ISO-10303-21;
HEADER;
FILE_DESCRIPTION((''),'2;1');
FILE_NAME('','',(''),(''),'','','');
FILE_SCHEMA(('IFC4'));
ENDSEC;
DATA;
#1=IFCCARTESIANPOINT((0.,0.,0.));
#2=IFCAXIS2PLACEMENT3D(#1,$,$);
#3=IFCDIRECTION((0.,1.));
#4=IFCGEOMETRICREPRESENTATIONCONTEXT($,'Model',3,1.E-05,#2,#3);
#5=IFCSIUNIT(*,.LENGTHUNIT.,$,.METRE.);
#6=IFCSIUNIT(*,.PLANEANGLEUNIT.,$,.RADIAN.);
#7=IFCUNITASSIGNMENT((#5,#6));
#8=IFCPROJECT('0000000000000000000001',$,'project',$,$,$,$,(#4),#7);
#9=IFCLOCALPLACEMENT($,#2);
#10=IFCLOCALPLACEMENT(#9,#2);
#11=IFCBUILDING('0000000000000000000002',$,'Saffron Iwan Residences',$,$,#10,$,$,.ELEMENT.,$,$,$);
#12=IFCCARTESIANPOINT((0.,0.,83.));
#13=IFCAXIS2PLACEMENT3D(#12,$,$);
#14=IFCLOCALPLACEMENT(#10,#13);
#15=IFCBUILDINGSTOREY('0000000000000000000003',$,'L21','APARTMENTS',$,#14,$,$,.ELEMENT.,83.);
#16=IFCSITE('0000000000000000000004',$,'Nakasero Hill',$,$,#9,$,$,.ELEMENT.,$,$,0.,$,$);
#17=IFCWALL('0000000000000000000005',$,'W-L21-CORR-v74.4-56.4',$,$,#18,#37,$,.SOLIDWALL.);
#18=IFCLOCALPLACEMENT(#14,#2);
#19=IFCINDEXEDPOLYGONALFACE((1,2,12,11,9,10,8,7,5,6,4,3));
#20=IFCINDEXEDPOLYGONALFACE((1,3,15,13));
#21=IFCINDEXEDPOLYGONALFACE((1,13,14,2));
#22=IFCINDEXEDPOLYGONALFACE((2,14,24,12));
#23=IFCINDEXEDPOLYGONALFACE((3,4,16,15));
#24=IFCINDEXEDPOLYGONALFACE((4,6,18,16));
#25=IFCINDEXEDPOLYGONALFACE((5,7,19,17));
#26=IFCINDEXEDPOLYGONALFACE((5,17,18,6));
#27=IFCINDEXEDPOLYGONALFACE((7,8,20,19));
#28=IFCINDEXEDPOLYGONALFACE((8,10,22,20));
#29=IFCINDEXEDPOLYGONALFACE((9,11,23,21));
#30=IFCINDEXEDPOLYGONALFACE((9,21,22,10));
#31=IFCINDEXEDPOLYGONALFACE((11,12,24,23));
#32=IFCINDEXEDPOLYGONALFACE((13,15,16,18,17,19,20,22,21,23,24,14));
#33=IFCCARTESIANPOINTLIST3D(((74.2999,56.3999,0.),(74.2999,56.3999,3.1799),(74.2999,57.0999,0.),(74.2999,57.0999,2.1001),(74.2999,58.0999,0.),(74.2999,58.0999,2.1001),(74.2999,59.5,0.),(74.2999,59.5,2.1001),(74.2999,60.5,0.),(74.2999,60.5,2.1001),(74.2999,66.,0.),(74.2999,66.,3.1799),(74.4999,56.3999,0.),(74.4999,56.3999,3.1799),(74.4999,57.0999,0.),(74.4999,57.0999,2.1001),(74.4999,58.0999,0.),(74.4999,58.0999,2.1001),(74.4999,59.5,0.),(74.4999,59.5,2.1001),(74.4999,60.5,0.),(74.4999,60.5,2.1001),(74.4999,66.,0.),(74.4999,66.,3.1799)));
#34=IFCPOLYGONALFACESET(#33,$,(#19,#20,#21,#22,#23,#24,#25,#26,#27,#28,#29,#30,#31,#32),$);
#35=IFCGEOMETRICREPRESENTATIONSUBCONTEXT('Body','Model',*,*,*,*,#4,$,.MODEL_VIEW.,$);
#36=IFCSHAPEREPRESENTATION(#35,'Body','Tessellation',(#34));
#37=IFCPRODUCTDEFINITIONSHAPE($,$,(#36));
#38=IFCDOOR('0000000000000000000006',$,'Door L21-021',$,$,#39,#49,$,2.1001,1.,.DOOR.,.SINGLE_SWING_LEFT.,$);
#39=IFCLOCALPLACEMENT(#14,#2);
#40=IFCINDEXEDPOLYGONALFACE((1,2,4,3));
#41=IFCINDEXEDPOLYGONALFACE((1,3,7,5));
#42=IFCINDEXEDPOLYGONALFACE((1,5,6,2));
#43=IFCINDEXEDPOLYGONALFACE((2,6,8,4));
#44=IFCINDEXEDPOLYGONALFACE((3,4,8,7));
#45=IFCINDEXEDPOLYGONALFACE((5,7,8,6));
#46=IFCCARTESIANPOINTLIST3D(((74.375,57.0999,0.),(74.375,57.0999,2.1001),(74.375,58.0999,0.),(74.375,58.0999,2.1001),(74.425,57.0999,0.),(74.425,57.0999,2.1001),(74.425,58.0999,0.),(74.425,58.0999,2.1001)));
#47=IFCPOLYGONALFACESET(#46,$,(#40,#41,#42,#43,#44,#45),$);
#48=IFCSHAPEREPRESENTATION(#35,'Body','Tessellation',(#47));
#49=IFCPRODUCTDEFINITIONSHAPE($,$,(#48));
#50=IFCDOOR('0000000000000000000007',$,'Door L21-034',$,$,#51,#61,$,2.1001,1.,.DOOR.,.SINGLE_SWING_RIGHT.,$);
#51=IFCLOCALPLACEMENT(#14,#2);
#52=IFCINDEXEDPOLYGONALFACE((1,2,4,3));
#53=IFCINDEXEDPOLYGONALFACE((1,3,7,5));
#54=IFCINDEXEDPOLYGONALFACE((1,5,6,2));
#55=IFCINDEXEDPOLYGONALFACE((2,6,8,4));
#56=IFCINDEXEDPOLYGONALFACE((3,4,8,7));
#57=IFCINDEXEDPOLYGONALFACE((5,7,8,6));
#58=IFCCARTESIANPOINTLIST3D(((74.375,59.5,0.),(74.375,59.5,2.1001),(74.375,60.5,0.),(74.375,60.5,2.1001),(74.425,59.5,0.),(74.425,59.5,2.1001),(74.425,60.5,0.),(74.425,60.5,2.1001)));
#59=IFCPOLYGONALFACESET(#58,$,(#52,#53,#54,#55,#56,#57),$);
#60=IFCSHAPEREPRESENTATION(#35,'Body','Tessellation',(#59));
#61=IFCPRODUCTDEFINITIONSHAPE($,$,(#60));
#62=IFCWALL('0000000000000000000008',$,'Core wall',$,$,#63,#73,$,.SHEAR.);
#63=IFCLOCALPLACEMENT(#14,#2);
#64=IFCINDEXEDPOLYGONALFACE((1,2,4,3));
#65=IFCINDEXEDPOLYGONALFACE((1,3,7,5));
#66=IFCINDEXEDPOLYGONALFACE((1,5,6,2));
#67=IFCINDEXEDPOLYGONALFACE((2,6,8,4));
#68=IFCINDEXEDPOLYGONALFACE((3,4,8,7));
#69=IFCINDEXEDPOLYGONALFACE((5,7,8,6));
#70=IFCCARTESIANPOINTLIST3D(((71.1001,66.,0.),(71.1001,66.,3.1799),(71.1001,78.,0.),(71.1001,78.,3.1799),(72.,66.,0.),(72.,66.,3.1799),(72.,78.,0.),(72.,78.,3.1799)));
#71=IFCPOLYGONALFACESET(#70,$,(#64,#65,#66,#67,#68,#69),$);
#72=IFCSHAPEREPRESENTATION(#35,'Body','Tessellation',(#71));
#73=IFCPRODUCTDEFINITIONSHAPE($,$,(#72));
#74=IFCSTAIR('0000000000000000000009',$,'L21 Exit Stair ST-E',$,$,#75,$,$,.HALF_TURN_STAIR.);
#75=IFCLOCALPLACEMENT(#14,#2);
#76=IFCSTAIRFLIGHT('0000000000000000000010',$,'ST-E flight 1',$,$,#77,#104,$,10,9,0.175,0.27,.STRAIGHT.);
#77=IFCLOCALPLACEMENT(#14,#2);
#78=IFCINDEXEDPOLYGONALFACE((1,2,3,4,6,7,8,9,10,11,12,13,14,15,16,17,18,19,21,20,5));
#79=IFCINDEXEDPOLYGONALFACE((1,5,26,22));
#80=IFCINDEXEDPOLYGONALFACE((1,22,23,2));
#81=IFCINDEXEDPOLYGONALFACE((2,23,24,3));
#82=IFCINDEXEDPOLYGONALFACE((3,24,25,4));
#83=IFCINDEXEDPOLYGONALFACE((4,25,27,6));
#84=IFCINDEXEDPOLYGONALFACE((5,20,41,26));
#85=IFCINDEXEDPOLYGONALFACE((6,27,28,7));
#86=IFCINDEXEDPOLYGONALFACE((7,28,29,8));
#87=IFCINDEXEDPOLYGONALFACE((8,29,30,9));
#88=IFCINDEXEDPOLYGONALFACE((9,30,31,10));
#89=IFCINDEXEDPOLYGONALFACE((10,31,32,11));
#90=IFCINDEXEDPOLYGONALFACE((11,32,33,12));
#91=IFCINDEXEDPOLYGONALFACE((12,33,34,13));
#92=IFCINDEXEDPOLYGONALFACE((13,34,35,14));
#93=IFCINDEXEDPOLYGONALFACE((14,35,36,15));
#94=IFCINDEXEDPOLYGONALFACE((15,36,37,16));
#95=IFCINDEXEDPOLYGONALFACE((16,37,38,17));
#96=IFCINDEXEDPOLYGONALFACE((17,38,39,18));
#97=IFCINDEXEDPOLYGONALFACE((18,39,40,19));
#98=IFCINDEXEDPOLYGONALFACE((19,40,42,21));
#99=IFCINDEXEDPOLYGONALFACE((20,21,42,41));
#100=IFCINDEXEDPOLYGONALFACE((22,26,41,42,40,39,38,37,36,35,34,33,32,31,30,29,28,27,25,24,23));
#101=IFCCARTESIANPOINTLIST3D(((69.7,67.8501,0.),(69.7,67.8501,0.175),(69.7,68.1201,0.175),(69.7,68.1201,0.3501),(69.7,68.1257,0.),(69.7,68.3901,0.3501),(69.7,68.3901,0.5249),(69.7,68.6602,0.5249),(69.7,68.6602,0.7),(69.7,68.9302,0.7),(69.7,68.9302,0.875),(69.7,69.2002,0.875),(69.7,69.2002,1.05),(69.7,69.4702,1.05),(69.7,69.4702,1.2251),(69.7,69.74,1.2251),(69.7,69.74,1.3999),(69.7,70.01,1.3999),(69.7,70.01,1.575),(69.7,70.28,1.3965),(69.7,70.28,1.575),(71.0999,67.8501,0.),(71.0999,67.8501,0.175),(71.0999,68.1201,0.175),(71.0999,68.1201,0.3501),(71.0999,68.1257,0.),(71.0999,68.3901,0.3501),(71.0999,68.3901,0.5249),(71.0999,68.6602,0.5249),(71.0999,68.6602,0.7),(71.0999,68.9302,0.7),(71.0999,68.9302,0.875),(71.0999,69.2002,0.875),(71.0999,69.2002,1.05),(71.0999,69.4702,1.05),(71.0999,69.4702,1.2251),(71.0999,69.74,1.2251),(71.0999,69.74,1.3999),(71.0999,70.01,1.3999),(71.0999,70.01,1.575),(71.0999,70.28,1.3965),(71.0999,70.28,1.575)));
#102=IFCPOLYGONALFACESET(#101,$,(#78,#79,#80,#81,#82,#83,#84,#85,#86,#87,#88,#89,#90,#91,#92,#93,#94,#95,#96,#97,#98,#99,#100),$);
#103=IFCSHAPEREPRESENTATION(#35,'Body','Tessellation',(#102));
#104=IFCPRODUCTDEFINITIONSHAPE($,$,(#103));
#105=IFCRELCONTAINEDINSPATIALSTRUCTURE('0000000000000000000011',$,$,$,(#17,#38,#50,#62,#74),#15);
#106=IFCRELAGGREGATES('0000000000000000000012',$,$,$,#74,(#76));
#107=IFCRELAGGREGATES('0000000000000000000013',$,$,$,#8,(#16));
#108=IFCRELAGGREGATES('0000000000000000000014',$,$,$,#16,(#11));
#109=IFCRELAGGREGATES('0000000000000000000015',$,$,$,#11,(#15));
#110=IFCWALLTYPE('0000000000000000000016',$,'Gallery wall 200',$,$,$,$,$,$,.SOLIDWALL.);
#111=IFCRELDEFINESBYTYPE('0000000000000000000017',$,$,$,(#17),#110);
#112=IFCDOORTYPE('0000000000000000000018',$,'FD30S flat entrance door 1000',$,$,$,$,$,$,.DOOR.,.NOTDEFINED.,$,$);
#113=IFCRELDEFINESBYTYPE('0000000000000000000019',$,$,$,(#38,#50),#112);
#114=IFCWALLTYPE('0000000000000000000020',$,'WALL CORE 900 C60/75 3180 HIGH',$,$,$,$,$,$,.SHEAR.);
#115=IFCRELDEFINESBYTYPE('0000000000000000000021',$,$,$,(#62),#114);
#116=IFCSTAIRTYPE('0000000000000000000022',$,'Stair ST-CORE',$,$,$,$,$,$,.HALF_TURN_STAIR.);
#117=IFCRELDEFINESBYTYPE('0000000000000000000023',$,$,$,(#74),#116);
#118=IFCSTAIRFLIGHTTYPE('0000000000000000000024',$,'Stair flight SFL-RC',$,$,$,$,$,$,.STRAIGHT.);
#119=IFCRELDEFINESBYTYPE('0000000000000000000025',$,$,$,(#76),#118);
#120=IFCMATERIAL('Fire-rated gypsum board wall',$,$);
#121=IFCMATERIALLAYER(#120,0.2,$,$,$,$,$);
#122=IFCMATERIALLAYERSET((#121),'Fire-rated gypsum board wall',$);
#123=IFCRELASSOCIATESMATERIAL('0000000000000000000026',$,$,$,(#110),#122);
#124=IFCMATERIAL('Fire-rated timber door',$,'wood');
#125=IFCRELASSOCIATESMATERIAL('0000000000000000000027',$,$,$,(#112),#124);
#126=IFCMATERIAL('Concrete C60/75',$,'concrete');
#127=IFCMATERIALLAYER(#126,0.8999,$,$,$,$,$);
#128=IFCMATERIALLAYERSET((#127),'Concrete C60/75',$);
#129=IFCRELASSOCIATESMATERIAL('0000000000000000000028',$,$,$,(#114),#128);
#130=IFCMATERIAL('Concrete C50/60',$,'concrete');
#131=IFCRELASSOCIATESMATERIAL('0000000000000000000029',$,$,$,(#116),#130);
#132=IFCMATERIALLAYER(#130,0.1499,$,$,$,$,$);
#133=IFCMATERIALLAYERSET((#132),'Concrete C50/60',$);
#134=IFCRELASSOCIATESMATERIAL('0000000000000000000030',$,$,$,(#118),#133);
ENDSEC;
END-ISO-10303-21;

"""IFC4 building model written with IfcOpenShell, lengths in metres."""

from ifc_helpers import new_model, si_unit, direction, frame, frame_2d, origin, place, context, subcontext, project, spatial, polyline, rectangle, outline, extrude, material, layer, layer_set, type_object, element, fill, aggregate, save


model = new_model("IFC4")

# Units and contexts
model_context = context("Model", 3, precision=1e-05, world=origin(), true_north=direction((0.0, 1.0)))
body_context = subcontext(model_context, "Body", "Model", "MODEL_VIEW")
ifc_project = project(units=[si_unit("LENGTHUNIT", "METRE"), si_unit("PLANEANGLEUNIT", "RADIAN")], contexts=[model_context])

# Site, building, storey
site_placement = place(None, origin())
site = spatial("IfcSite", under=ifc_project, at=site_placement, Name="Nakasero Hill", CompositionType="ELEMENT", RefElevation=0.0)
building_placement = place(site_placement, origin())
building = spatial("IfcBuilding", under=site, at=building_placement, Name="Saffron Iwan Residences", CompositionType="ELEMENT")
storey_placement = place(building_placement, frame((0.0, 0.0, 83.0)))
storey = spatial("IfcBuildingStorey", under=building, at=storey_placement, Name="L21", Description="APARTMENTS", CompositionType="ELEMENT", Elevation=83.0)

# Shared definitions
ifc_material_1 = material(Name="Concrete C60/75", Category="concrete")

# Shared definitions
ifc_material_2 = material(Name="Fire-rated gypsum board wall")

# Shared definitions
ifc_layer_1 = layer(ifc_material_2, 0.2)
ifc_layer_set_1 = layer_set([ifc_layer_1], Name="Fire-rated gypsum board wall")
wall_type_1 = type_object("IfcWallType", Name="Gallery wall 200", PredefinedType="SOLIDWALL", material=ifc_layer_set_1)

# Wall, openings, doors
wall_1_placement = place(storey_placement, frame((74.3999, 56.3999, 0.0), z_axis=(0.0, 0.0, 1.0), x_axis=(0.0, 1.0, 0.0)))
wall_1 = element("IfcWall", 1, at=wall_1_placement, inside=storey, type_object=wall_type_1, Name="W-L21-CORR-v74.4-56.4", PredefinedType="SOLIDWALL", context=body_context, shape_type="SweptSolid", body=[
    extrude(rectangle(XDim=9.6001, YDim=0.2, at=frame_2d((4.8, 0.0))), origin(), (0.0, 0.0, 1.0), 3.1799),
])
opening_1_placement = place(wall_1_placement, frame((0.7, 0.0, 0.0)))
opening_1 = element("IfcOpeningElement", 2, at=opening_1_placement, cuts=wall_1, PredefinedType="OPENING", context=body_context, shape_type="SweptSolid", body=[
    extrude(rectangle(XDim=1.0, YDim=2.1001, at=frame_2d((0.5, 1.05))), frame((0.0, 0.1099, 0.0), z_axis=(0.0, -1.0, 0.0), x_axis=(1.0, 0.0, 0.0)), (0.0, 0.0, 1.0), 0.22),
])
opening_2_placement = place(wall_1_placement, frame((3.1001, 0.0, 0.0)))
opening_2 = element("IfcOpeningElement", 3, at=opening_2_placement, cuts=wall_1, PredefinedType="OPENING", context=body_context, shape_type="SweptSolid", body=[
    extrude(rectangle(XDim=1.0, YDim=2.1001, at=frame_2d((0.5, 1.05))), frame((0.0, 0.1099, 0.0), z_axis=(0.0, -1.0, 0.0), x_axis=(1.0, 0.0, 0.0)), (0.0, 0.0, 1.0), 0.22),
])
ifc_material_3 = material(Name="Fire-rated timber door", Category="wood")
door_type_1 = type_object("IfcDoorType", Name="FD30S flat entrance door 1000", OperationType="NOTDEFINED", PredefinedType="DOOR", material=ifc_material_3)
door_1_placement = place(opening_1_placement, origin())
door_1 = element("IfcDoor", 4, at=door_1_placement, inside=storey, type_object=door_type_1, Name="Door L21-021", OperationType="SINGLE_SWING_LEFT", OverallHeight=2.1001, OverallWidth=1.0, PredefinedType="DOOR", context=body_context, shape_type="SweptSolid", body=[
    extrude(rectangle(XDim=1.0, YDim=2.1001, at=frame_2d((0.5, 1.05))), frame((0.0, 0.0249, 0.0), z_axis=(0.0, -1.0, 0.0), x_axis=(1.0, 0.0, 0.0)), (0.0, 0.0, 1.0), 0.05),
])
fill(opening_1, door_1)
door_2_placement = place(opening_2_placement, origin())
door_2 = element("IfcDoor", 5, at=door_2_placement, inside=storey, type_object=door_type_1, Name="Door L21-034", OperationType="SINGLE_SWING_RIGHT", OverallHeight=2.1001, OverallWidth=1.0, PredefinedType="DOOR", context=body_context, shape_type="SweptSolid", body=[
    extrude(rectangle(XDim=1.0, YDim=2.1001, at=frame_2d((0.5, 1.05))), frame((0.0, 0.0249, 0.0), z_axis=(0.0, -1.0, 0.0), x_axis=(1.0, 0.0, 0.0)), (0.0, 0.0, 1.0), 0.05),
])
fill(opening_2, door_2)

# Wall
ifc_layer_2 = layer(ifc_material_1, 0.8999)
ifc_layer_set_2 = layer_set([ifc_layer_2], Name="Concrete C60/75")
wall_type_2 = type_object("IfcWallType", Name="WALL CORE 900 C60/75 3180 HIGH", PredefinedType="SHEAR", material=ifc_layer_set_2)
wall_2_placement = place(storey_placement, frame((71.55, 66.0, 0.0), z_axis=(0.0, 0.0, 1.0), x_axis=(0.0, 1.0, 0.0)))
element("IfcWall", 6, at=wall_2_placement, inside=storey, type_object=wall_type_2, Name="Core wall", PredefinedType="SHEAR", context=body_context, shape_type="SweptSolid", body=[
    extrude(rectangle(XDim=12.0, YDim=0.8999, at=frame_2d((6.0, 0.0))), origin(), (0.0, 0.0, 1.0), 3.1799),
])

# Stair, stair flight
ifc_material_4 = material(Name="Concrete C50/60", Category="concrete")
stair_type = type_object("IfcStairType", Name="Stair ST-CORE", PredefinedType="HALF_TURN_STAIR", material=ifc_material_4)
stair_placement = place(storey_placement, origin())
stair = element("IfcStair", 7, at=stair_placement, inside=storey, type_object=stair_type, Name="L21 Exit Stair ST-E", PredefinedType="HALF_TURN_STAIR")
ifc_layer_3 = layer(ifc_material_4, 0.1499)
ifc_layer_set_3 = layer_set([ifc_layer_3], Name="Concrete C50/60")
stair_flight_type = type_object("IfcStairFlightType", Name="Stair flight SFL-RC", PredefinedType="STRAIGHT", material=ifc_layer_set_3)
stair_flight_placement = place(storey_placement, frame((70.3999, 67.8501, 0.0), z_axis=(0.0, 0.0, 1.0), x_axis=(0.0, 1.0, 0.0)))
stair_flight = element("IfcStairFlight", 8, at=stair_flight_placement, type_object=stair_flight_type, Name="ST-E flight 1", NumberOfRisers=10, NumberOfTreads=9, PredefinedType="STRAIGHT", RiserHeight=0.175, TreadLength=0.27, context=body_context, shape_type="SweptSolid", body=[
    extrude(outline(polyline([(0.0, 0.0), (0.0, 0.175), (0.27, 0.175), (0.27, 0.3501), (0.54, 0.3501), (0.54, 0.5249), (0.8101, 0.5249), (0.8101, 0.7), (1.0801, 0.7), (1.0801, 0.875), (1.3501, 0.875), (1.3501, 1.05), (1.6201, 1.05), (1.6201, 1.2251), (1.8899, 1.2251), (1.8899, 1.3999), (2.1599, 1.3999), (2.1599, 1.575), (2.4299, 1.575), (2.4299, 1.75), (2.4299, 1.3965), (0.2756, 0.0), (0.0, 0.0)])), frame((0.0, 0.7, 0.0), z_axis=(0.0, -1.0, 0.0), x_axis=(1.0, 0.0, 0.0)), (0.0, 0.0, 1.0), 1.3999),
])
aggregate(stair, [stair_flight])

save(model, "model.ifc")
